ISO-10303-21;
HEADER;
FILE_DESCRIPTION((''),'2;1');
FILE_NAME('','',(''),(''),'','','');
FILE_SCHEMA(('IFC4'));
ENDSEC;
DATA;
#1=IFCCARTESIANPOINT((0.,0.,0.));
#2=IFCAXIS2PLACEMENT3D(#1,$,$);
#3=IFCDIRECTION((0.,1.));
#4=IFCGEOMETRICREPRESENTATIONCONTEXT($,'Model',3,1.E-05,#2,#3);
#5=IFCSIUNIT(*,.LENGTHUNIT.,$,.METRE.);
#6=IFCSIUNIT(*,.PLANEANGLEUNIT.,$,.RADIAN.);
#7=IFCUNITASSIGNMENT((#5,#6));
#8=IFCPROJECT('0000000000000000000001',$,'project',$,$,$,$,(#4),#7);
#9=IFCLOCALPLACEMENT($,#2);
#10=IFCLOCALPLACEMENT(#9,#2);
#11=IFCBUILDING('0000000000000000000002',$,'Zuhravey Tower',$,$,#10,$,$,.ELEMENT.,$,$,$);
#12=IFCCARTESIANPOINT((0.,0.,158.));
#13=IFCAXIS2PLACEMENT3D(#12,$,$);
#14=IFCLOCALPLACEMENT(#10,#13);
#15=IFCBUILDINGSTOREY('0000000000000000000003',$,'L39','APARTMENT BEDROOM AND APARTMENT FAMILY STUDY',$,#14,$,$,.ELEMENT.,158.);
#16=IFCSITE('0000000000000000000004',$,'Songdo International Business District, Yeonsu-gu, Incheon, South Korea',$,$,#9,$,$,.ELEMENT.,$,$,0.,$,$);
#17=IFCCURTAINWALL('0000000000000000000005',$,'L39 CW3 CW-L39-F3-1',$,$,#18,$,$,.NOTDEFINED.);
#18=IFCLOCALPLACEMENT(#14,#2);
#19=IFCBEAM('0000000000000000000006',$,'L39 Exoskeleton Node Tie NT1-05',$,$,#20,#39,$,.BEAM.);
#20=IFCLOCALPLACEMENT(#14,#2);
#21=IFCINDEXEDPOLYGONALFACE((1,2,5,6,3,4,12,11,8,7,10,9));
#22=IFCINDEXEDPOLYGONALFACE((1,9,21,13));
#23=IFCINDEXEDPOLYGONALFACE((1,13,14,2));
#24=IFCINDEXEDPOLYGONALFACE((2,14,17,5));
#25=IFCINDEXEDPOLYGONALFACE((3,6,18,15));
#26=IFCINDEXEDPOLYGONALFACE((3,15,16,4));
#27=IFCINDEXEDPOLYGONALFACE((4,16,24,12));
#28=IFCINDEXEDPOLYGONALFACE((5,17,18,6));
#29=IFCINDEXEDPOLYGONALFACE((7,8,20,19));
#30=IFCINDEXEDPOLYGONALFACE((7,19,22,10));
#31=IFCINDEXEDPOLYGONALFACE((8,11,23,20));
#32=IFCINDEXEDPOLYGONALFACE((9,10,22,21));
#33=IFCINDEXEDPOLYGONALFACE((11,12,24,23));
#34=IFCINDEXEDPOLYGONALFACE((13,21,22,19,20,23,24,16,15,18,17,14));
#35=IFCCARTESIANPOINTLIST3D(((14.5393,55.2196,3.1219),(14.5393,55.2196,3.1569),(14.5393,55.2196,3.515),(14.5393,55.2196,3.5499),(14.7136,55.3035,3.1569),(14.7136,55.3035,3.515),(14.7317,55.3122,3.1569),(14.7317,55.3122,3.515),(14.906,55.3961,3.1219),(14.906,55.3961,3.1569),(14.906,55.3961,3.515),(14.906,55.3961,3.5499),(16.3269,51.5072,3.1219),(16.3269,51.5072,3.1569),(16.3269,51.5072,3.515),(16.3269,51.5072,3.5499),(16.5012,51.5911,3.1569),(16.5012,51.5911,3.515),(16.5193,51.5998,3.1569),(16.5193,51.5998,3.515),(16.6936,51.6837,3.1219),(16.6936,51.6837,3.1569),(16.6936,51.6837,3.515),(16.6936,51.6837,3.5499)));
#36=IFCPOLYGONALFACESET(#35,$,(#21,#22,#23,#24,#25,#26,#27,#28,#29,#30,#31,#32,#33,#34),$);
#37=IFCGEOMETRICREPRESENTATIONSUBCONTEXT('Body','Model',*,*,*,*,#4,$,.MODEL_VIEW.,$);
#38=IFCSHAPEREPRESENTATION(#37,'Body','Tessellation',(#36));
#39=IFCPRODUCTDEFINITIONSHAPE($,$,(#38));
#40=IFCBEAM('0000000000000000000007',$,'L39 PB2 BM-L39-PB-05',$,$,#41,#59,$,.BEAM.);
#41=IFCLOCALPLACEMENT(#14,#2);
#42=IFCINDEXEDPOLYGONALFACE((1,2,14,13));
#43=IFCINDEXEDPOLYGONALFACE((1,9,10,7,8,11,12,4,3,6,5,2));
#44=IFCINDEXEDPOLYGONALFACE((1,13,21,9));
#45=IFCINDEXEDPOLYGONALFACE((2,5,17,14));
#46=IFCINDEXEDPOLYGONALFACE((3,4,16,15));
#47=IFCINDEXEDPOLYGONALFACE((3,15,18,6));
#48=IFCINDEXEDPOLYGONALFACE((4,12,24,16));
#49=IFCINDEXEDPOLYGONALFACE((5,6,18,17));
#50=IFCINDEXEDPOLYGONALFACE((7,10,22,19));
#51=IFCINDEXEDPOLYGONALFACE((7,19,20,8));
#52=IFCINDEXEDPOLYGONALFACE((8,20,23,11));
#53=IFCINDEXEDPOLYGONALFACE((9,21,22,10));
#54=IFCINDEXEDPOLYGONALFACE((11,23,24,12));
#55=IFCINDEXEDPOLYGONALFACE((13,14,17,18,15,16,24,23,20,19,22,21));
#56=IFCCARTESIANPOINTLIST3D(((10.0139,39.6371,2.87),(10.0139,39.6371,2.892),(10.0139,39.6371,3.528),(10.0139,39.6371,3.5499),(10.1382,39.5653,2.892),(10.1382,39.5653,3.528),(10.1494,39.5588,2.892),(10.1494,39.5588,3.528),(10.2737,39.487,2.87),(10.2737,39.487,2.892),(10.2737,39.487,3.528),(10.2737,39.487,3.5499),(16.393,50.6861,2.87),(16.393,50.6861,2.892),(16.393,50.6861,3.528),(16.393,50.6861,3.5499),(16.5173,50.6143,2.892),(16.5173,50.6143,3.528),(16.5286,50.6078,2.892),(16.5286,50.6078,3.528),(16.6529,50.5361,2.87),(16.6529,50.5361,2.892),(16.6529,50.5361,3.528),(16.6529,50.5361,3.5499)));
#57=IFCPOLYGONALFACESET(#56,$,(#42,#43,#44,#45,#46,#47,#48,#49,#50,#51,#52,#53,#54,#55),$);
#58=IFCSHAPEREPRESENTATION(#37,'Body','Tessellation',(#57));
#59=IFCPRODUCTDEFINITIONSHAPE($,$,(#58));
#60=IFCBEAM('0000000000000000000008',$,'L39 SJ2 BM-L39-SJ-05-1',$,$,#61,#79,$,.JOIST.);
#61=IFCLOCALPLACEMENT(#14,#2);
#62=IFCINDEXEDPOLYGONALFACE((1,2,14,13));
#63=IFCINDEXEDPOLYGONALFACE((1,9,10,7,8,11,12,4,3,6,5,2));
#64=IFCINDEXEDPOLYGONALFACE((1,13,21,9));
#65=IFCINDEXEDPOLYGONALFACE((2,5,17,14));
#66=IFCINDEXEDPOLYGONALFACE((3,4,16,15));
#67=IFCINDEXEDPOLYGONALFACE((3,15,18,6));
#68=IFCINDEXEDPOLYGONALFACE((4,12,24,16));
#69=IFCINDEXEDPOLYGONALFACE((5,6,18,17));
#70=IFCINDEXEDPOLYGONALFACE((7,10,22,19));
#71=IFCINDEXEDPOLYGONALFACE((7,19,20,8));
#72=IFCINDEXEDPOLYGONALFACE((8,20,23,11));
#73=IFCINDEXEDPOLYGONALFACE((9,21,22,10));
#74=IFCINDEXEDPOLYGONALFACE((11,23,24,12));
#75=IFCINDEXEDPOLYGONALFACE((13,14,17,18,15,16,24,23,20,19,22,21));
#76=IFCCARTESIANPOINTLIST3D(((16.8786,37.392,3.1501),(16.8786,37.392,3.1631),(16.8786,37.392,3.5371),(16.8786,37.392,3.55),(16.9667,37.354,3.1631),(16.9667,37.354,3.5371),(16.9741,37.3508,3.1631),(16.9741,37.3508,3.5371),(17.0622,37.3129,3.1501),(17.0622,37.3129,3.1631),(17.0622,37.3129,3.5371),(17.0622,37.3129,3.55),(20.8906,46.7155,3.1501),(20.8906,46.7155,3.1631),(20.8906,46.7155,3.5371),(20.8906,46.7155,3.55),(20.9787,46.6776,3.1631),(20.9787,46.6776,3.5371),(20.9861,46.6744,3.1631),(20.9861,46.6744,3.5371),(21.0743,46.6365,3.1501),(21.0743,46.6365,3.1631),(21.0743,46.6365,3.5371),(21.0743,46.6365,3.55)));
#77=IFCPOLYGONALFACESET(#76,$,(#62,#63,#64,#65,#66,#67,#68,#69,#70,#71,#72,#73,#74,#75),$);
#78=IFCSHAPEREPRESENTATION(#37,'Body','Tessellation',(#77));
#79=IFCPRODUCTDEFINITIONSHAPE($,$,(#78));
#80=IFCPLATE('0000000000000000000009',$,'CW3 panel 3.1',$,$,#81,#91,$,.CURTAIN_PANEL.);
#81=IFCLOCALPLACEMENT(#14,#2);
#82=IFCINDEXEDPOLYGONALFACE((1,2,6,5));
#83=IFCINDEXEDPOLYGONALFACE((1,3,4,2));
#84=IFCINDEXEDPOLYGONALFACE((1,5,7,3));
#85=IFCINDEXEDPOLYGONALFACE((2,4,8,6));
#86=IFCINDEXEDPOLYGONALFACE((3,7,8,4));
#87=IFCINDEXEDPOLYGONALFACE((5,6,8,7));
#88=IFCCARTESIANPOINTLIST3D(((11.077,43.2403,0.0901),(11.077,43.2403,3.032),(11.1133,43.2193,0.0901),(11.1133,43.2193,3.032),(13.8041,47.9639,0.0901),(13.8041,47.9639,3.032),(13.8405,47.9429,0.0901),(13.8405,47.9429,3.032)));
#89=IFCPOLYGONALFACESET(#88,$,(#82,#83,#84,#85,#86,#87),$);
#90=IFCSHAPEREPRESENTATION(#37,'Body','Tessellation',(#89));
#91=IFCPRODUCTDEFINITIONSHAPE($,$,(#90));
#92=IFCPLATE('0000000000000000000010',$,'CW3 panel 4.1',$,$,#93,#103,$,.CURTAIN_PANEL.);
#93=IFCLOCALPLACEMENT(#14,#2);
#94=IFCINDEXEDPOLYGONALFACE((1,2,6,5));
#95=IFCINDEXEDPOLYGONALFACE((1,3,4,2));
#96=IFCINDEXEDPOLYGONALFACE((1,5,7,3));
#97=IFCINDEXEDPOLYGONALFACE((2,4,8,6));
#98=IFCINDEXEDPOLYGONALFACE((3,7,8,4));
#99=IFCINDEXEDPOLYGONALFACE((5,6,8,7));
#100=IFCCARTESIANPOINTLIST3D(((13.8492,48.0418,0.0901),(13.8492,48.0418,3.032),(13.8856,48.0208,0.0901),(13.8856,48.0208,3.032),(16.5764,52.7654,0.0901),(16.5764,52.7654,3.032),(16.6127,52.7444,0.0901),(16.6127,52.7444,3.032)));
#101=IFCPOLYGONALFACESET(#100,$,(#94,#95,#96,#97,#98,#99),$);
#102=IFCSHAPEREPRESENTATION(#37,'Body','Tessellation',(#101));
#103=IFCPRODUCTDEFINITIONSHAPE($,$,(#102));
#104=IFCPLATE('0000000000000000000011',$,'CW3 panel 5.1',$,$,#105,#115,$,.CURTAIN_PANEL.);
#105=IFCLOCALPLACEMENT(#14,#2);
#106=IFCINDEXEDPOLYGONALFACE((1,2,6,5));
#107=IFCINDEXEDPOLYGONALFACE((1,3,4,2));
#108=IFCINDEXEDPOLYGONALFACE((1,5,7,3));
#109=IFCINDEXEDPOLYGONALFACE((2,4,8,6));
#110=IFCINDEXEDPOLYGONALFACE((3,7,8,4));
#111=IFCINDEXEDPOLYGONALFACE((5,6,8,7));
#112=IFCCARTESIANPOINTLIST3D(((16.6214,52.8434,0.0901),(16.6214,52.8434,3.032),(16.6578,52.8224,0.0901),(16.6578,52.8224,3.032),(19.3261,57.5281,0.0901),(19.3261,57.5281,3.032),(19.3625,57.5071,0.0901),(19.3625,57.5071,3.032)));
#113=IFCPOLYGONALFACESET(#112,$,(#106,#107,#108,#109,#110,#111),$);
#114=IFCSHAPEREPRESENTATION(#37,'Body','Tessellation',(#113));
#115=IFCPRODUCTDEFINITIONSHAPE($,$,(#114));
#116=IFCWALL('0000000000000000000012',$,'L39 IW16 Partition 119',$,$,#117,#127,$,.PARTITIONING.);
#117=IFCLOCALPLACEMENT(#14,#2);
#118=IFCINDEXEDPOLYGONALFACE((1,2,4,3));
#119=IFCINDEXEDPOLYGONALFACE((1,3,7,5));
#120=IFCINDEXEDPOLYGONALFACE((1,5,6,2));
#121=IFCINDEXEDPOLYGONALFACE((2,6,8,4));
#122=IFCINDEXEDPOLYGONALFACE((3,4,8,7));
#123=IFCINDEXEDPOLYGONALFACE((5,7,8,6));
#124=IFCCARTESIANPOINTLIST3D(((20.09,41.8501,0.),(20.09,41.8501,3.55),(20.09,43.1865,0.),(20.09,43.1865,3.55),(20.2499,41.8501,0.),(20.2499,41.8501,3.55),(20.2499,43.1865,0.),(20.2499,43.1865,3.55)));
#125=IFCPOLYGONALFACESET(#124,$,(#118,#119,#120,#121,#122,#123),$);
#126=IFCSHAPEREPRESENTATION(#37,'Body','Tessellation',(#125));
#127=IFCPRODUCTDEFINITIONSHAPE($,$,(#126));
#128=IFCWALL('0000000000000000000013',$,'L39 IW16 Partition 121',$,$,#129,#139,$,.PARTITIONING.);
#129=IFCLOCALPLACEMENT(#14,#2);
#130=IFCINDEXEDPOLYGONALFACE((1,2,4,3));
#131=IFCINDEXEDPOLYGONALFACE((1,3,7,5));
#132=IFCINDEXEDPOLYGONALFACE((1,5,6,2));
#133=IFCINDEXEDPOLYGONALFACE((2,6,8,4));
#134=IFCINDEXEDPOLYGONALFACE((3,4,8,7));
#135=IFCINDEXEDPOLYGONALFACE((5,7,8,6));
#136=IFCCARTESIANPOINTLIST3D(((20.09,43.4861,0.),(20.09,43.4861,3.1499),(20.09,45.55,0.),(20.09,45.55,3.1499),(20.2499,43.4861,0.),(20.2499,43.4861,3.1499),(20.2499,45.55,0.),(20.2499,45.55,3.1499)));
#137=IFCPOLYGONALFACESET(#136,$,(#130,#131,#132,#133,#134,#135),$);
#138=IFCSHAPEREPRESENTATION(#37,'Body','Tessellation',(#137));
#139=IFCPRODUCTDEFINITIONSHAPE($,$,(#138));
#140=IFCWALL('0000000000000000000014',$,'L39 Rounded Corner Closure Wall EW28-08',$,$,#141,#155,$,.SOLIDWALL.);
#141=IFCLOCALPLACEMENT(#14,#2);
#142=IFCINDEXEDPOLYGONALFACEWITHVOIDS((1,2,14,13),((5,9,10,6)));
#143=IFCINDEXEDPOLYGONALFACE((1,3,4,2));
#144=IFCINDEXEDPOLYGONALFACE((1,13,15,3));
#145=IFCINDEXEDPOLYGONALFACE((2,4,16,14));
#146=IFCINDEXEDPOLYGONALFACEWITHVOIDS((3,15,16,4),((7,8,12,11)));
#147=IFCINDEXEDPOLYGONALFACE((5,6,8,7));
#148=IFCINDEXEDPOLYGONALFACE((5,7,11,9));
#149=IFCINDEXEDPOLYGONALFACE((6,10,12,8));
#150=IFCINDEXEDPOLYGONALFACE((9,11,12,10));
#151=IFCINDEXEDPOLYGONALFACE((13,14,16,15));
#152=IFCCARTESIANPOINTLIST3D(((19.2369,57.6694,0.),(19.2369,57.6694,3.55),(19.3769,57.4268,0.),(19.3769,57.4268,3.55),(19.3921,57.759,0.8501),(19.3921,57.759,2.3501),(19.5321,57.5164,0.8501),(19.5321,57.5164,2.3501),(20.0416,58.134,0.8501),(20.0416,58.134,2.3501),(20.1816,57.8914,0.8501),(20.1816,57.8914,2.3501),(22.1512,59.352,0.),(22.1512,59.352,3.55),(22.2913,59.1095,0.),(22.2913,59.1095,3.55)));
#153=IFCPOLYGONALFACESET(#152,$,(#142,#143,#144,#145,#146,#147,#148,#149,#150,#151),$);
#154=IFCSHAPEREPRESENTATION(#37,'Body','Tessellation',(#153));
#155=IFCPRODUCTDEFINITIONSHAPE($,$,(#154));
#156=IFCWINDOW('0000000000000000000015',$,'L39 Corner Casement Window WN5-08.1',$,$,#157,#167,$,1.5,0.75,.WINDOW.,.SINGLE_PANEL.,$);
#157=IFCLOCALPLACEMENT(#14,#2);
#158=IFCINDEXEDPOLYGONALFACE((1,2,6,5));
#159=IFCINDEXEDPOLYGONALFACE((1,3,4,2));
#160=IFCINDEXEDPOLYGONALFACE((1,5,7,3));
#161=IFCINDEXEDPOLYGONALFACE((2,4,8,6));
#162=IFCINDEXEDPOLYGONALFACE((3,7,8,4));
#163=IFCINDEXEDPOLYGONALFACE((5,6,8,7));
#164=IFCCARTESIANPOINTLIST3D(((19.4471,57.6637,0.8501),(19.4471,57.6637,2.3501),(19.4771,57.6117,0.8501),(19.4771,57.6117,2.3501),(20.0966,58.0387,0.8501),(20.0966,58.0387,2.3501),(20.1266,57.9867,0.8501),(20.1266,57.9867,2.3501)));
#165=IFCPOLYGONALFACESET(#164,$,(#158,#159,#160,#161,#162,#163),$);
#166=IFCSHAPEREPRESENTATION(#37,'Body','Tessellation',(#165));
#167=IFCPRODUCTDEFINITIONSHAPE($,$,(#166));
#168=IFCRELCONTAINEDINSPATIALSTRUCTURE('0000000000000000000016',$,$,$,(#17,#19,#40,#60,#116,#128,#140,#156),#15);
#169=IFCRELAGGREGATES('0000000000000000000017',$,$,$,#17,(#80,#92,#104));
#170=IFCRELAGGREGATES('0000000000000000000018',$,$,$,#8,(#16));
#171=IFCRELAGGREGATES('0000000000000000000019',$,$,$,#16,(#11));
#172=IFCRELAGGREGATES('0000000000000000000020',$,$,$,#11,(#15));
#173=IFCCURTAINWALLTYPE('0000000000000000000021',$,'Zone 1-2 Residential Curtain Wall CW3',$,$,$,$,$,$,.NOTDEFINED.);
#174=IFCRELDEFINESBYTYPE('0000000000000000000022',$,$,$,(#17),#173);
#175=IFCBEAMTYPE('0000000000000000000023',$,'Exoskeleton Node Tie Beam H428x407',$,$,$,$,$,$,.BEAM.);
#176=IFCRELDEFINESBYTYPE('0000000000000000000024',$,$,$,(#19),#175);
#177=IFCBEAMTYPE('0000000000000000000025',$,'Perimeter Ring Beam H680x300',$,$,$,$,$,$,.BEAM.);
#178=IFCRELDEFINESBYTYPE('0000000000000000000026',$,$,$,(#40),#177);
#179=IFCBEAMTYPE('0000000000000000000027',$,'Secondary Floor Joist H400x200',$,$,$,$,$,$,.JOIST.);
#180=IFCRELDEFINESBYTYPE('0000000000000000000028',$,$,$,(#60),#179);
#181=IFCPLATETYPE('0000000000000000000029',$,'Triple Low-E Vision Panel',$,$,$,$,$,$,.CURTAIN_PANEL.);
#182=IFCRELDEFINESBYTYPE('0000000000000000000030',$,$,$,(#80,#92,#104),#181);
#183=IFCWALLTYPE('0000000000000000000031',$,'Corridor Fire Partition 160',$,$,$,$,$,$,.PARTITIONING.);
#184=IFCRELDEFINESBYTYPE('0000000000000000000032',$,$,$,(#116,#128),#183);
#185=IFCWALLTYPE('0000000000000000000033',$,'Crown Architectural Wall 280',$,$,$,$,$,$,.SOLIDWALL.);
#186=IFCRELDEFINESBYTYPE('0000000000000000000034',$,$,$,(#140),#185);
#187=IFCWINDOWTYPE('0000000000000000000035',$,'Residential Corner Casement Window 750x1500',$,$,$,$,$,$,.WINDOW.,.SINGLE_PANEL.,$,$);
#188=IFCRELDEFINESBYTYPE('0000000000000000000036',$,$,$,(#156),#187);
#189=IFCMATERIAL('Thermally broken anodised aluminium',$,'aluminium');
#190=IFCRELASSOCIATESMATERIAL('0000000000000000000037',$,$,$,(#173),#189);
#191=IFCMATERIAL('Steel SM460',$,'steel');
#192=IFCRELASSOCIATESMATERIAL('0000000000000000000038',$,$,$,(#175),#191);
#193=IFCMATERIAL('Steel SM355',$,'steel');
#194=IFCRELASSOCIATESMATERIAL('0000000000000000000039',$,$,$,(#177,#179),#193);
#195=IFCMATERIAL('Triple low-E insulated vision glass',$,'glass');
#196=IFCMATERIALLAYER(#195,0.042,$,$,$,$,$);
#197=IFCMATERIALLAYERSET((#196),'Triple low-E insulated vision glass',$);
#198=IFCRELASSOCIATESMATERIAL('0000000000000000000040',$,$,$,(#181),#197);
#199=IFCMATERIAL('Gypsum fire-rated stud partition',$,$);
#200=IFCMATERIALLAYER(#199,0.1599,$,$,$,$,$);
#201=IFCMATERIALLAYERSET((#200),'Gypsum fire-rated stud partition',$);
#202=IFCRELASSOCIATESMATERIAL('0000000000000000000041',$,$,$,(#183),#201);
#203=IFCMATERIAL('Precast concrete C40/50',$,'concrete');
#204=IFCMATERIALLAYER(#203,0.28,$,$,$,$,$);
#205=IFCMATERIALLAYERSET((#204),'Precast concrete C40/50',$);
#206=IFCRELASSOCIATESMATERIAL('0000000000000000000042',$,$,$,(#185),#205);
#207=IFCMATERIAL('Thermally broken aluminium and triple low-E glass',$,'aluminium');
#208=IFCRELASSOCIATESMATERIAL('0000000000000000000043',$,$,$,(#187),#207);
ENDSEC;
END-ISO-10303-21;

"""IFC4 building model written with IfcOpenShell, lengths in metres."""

from ifc_helpers import new_model, si_unit, direction, frame, frame_2d, origin, origin_2d, place, context, subcontext, project, spatial, rectangle, i_section, extrude, material, layer, layer_set, material_profile, profile_set, type_object, element, fill, aggregate, save


model = new_model("IFC4")

# Units and contexts
model_context = context("Model", 3, precision=1e-05, world=origin(), true_north=direction((0.0, 1.0)))
body_context = subcontext(model_context, "Body", "Model", "MODEL_VIEW")
ifc_project = project(units=[si_unit("LENGTHUNIT", "METRE"), si_unit("PLANEANGLEUNIT", "RADIAN")], contexts=[model_context])

# Site, building, storey
site_placement = place(None, origin())
site = spatial("IfcSite", under=ifc_project, at=site_placement, Name="Songdo International Business District, Yeonsu-gu, Incheon, South Korea", CompositionType="ELEMENT", RefElevation=0.0)
building_placement = place(site_placement, origin())
building = spatial("IfcBuilding", under=site, at=building_placement, Name="Zuhravey Tower", CompositionType="ELEMENT")
storey_placement = place(building_placement, frame((0.0, 0.0, 158.0)))
storey = spatial("IfcBuildingStorey", under=building, at=storey_placement, Name="L39", Description="APARTMENT BEDROOM AND APARTMENT FAMILY STUDY", CompositionType="ELEMENT", Elevation=158.0)

# Curtain wall
ifc_material_1 = material(Name="Thermally broken anodised aluminium", Category="aluminium")
curtain_wall_type = type_object("IfcCurtainWallType", Name="Zone 1-2 Residential Curtain Wall CW3", PredefinedType="NOTDEFINED", material=ifc_material_1)
curtain_wall_placement = place(storey_placement, origin())
curtain_wall = element("IfcCurtainWall", 1, at=curtain_wall_placement, inside=storey, type_object=curtain_wall_type, Name="L39 CW3 CW-L39-F3-1", PredefinedType="NOTDEFINED")

# Beams
ifc_material_2 = material(Name="Steel SM460", Category="steel")
ifc_material_profile_1 = material_profile(ifc_material_2, i_section(OverallWidth=0.407, OverallDepth=0.428, WebThickness=0.02, FlangeThickness=0.0349, at=origin_2d()), Name="H-428x407x20x35")
ifc_profile_set_1 = profile_set([ifc_material_profile_1], Name="Steel SM460")
beam_type_1 = type_object("IfcBeamType", Name="Exoskeleton Node Tie Beam H428x407", PredefinedType="BEAM", material=ifc_profile_set_1)
beam_1_placement = place(storey_placement, frame((16.5103, 51.5955, 3.3359), z_axis=(-0.433844, 0.900988, 0.0), x_axis=(-0.900988, -0.433844, 0.0)))
element("IfcBeam", 2, at=beam_1_placement, inside=storey, type_object=beam_type_1, Name="L39 Exoskeleton Node Tie NT1-05", PredefinedType="BEAM", context=body_context, shape_type="SweptSolid", body=[
    extrude(i_section(OverallWidth=0.407, OverallDepth=0.428, WebThickness=0.02, FlangeThickness=0.0349, at=origin_2d()), origin(), (0.0, 0.0, 1.0), 4.1204),
])
ifc_material_3 = material(Name="Steel SM355", Category="steel")
ifc_material_profile_2 = material_profile(ifc_material_3, i_section(OverallWidth=0.3, OverallDepth=0.6799, WebThickness=0.0129, FlangeThickness=0.022, at=origin_2d()), Name="H-680x300x13x22")
ifc_profile_set_2 = profile_set([ifc_material_profile_2], Name="Steel SM355")
beam_type_2 = type_object("IfcBeamType", Name="Perimeter Ring Beam H680x300", PredefinedType="BEAM", material=ifc_profile_set_2)
beam_2_placement = place(storey_placement, frame((16.5229, 50.6111, 3.21), z_axis=(-0.499998, -0.866027, 0.0), x_axis=(0.866027, -0.499998, 0.0)))
element("IfcBeam", 3, at=beam_2_placement, inside=storey, type_object=beam_type_2, Name="L39 PB2 BM-L39-PB-05", PredefinedType="BEAM", context=body_context, shape_type="SweptSolid", body=[
    extrude(i_section(OverallWidth=0.3, OverallDepth=0.6799, WebThickness=0.0129, FlangeThickness=0.022, at=origin_2d()), origin(), (0.0, 0.0, 1.0), 12.7583),
])
ifc_material_profile_3 = material_profile(ifc_material_3, i_section(OverallWidth=0.2, OverallDepth=0.3999, WebThickness=0.0081, FlangeThickness=0.0129, at=origin_2d()), Name="H-400x200x8x13")
ifc_profile_set_3 = profile_set([ifc_material_profile_3], Name="Steel SM355")
beam_type_3 = type_object("IfcBeamType", Name="Secondary Floor Joist H400x200", PredefinedType="JOIST", material=ifc_profile_set_3)
beam_3_placement = place(storey_placement, frame((20.9824, 46.676, 3.3501), z_axis=(-0.395266, -0.918567, 0.0), x_axis=(0.918567, -0.395266, 0.0)))
element("IfcBeam", 4, at=beam_3_placement, inside=storey, type_object=beam_type_3, Name="L39 SJ2 BM-L39-SJ-05-1", PredefinedType="JOIST", context=body_context, shape_type="SweptSolid", body=[
    extrude(i_section(OverallWidth=0.2, OverallDepth=0.3999, WebThickness=0.0081, FlangeThickness=0.0129, at=origin_2d()), origin(), (0.0, 0.0, 1.0), 10.1501),
])

# Plates
ifc_material_4 = material(Name="Triple low-E insulated vision glass", Category="glass")
ifc_layer_1 = layer(ifc_material_4, 0.042)
ifc_layer_set_1 = layer_set([ifc_layer_1], Name="Triple low-E insulated vision glass")
plate_type = type_object("IfcPlateType", Name="Triple Low-E Vision Panel", PredefinedType="CURTAIN_PANEL", material=ifc_layer_set_1)
plate_1_placement = place(storey_placement, frame((12.4587, 45.5916, 0.0901), z_axis=(0.0, 0.0, 1.0), x_axis=(0.5, 0.866025, 0.0)))
plate_1 = element("IfcPlate", 5, at=plate_1_placement, type_object=plate_type, Name="CW3 panel 3.1", PredefinedType="CURTAIN_PANEL", context=body_context, shape_type="SweptSolid", body=[
    extrude(rectangle(XDim=5.4543, YDim=0.042, at=origin_2d()), origin(), (0.0, 0.0, 1.0), 2.9419),
])
plate_2_placement = place(storey_placement, frame((15.231, 50.3931, 0.0901), z_axis=(0.0, 0.0, 1.0), x_axis=(0.5, 0.866025, 0.0)))
plate_2 = element("IfcPlate", 6, at=plate_2_placement, type_object=plate_type, Name="CW3 panel 4.1", PredefinedType="CURTAIN_PANEL", context=body_context, shape_type="SweptSolid", body=[
    extrude(rectangle(XDim=5.4543, YDim=0.042, at=origin_2d()), origin(), (0.0, 0.0, 1.0), 2.9419),
])
plate_3_placement = place(storey_placement, frame((17.9919, 55.1753, 0.0901), z_axis=(0.0, 0.0, 1.0), x_axis=(0.5, 0.866025, 0.0)))
plate_3 = element("IfcPlate", 7, at=plate_3_placement, type_object=plate_type, Name="CW3 panel 5.1", PredefinedType="CURTAIN_PANEL", context=body_context, shape_type="SweptSolid", body=[
    extrude(rectangle(XDim=5.4094, YDim=0.042, at=origin_2d()), origin(), (0.0, 0.0, 1.0), 2.9419),
])
aggregate(curtain_wall, [plate_1, plate_2, plate_3])

# Walls
ifc_material_5 = material(Name="Gypsum fire-rated stud partition")
ifc_layer_2 = layer(ifc_material_5, 0.1599)
ifc_layer_set_2 = layer_set([ifc_layer_2], Name="Gypsum fire-rated stud partition")
wall_type_1 = type_object("IfcWallType", Name="Corridor Fire Partition 160", PredefinedType="PARTITIONING", material=ifc_layer_set_2)
wall_1_placement = place(storey_placement, frame((20.1699, 43.1865, 0.0), z_axis=(0.0, 0.0, 1.0), x_axis=(0.0, -1.0, 0.0)))
element("IfcWall", 8, at=wall_1_placement, inside=storey, type_object=wall_type_1, Name="L39 IW16 Partition 119", PredefinedType="PARTITIONING", context=body_context, shape_type="SweptSolid", body=[
    extrude(rectangle(XDim=1.3364, YDim=0.1599, at=frame_2d((0.6682, 0.0))), origin(), (0.0, 0.0, 1.0), 3.55),
])
wall_2_placement = place(storey_placement, frame((20.1699, 45.55, 0.0), z_axis=(0.0, 0.0, 1.0), x_axis=(0.0, -1.0, 0.0)))
element("IfcWall", 9, at=wall_2_placement, inside=storey, type_object=wall_type_1, Name="L39 IW16 Partition 121", PredefinedType="PARTITIONING", context=body_context, shape_type="SweptSolid", body=[
    extrude(rectangle(XDim=2.064, YDim=0.1599, at=frame_2d((1.032, 0.0))), origin(), (0.0, 0.0, 1.0), 3.1499),
])

# Wall, opening, window
ifc_material_6 = material(Name="Precast concrete C40/50", Category="concrete")
ifc_layer_3 = layer(ifc_material_6, 0.28)
ifc_layer_set_3 = layer_set([ifc_layer_3], Name="Precast concrete C40/50")
wall_type_2 = type_object("IfcWallType", Name="Crown Architectural Wall 280", PredefinedType="SOLIDWALL", material=ifc_layer_set_3)
wall_3_placement = place(storey_placement, frame((19.3069, 57.5481, 0.0), z_axis=(0.0, 0.0, 1.0), x_axis=(0.86602, 0.500009, 0.0)))
wall_3 = element("IfcWall", 10, at=wall_3_placement, inside=storey, type_object=wall_type_2, Name="L39 Rounded Corner Closure Wall EW28-08", PredefinedType="SOLIDWALL", context=body_context, shape_type="SweptSolid", body=[
    extrude(rectangle(XDim=3.3652, YDim=0.28, at=frame_2d((1.6826, 0.0))), origin(), (0.0, 0.0, 1.0), 3.55),
])
opening_1_placement = place(wall_3_placement, frame((0.1792, 0.0, 0.8501)))
opening_1 = element("IfcOpeningElement", 11, at=opening_1_placement, cuts=wall_3, PredefinedType="OPENING", context=body_context, shape_type="SweptSolid", body=[
    extrude(rectangle(XDim=0.75, YDim=1.5, at=frame_2d((0.375, 0.75))), frame((0.0, 0.1521, 0.0), z_axis=(0.0, -1.0, 0.0), x_axis=(1.0, 0.0, 0.0)), (0.0, 0.0, 1.0), 0.304),
])
ifc_material_7 = material(Name="Thermally broken aluminium and triple low-E glass", Category="aluminium")
window_type = type_object("IfcWindowType", Name="Residential Corner Casement Window 750x1500", PartitioningType="SINGLE_PANEL", PredefinedType="WINDOW", material=ifc_material_7)
window_placement = place(opening_1_placement, origin())
window = element("IfcWindow", 12, at=window_placement, inside=storey, type_object=window_type, Name="L39 Corner Casement Window WN5-08.1", OverallHeight=1.5, OverallWidth=0.75, PartitioningType="SINGLE_PANEL", PredefinedType="WINDOW", context=body_context, shape_type="SweptSolid", body=[
    extrude(rectangle(XDim=0.75, YDim=1.5, at=frame_2d((0.375, 0.75))), frame((0.0, 0.03, 0.0), z_axis=(0.0, -1.0, 0.0), x_axis=(1.0, 0.0, 0.0)), (0.0, 0.0, 1.0), 0.0601),
])
fill(opening_1, window)

save(model, "model.ifc")
